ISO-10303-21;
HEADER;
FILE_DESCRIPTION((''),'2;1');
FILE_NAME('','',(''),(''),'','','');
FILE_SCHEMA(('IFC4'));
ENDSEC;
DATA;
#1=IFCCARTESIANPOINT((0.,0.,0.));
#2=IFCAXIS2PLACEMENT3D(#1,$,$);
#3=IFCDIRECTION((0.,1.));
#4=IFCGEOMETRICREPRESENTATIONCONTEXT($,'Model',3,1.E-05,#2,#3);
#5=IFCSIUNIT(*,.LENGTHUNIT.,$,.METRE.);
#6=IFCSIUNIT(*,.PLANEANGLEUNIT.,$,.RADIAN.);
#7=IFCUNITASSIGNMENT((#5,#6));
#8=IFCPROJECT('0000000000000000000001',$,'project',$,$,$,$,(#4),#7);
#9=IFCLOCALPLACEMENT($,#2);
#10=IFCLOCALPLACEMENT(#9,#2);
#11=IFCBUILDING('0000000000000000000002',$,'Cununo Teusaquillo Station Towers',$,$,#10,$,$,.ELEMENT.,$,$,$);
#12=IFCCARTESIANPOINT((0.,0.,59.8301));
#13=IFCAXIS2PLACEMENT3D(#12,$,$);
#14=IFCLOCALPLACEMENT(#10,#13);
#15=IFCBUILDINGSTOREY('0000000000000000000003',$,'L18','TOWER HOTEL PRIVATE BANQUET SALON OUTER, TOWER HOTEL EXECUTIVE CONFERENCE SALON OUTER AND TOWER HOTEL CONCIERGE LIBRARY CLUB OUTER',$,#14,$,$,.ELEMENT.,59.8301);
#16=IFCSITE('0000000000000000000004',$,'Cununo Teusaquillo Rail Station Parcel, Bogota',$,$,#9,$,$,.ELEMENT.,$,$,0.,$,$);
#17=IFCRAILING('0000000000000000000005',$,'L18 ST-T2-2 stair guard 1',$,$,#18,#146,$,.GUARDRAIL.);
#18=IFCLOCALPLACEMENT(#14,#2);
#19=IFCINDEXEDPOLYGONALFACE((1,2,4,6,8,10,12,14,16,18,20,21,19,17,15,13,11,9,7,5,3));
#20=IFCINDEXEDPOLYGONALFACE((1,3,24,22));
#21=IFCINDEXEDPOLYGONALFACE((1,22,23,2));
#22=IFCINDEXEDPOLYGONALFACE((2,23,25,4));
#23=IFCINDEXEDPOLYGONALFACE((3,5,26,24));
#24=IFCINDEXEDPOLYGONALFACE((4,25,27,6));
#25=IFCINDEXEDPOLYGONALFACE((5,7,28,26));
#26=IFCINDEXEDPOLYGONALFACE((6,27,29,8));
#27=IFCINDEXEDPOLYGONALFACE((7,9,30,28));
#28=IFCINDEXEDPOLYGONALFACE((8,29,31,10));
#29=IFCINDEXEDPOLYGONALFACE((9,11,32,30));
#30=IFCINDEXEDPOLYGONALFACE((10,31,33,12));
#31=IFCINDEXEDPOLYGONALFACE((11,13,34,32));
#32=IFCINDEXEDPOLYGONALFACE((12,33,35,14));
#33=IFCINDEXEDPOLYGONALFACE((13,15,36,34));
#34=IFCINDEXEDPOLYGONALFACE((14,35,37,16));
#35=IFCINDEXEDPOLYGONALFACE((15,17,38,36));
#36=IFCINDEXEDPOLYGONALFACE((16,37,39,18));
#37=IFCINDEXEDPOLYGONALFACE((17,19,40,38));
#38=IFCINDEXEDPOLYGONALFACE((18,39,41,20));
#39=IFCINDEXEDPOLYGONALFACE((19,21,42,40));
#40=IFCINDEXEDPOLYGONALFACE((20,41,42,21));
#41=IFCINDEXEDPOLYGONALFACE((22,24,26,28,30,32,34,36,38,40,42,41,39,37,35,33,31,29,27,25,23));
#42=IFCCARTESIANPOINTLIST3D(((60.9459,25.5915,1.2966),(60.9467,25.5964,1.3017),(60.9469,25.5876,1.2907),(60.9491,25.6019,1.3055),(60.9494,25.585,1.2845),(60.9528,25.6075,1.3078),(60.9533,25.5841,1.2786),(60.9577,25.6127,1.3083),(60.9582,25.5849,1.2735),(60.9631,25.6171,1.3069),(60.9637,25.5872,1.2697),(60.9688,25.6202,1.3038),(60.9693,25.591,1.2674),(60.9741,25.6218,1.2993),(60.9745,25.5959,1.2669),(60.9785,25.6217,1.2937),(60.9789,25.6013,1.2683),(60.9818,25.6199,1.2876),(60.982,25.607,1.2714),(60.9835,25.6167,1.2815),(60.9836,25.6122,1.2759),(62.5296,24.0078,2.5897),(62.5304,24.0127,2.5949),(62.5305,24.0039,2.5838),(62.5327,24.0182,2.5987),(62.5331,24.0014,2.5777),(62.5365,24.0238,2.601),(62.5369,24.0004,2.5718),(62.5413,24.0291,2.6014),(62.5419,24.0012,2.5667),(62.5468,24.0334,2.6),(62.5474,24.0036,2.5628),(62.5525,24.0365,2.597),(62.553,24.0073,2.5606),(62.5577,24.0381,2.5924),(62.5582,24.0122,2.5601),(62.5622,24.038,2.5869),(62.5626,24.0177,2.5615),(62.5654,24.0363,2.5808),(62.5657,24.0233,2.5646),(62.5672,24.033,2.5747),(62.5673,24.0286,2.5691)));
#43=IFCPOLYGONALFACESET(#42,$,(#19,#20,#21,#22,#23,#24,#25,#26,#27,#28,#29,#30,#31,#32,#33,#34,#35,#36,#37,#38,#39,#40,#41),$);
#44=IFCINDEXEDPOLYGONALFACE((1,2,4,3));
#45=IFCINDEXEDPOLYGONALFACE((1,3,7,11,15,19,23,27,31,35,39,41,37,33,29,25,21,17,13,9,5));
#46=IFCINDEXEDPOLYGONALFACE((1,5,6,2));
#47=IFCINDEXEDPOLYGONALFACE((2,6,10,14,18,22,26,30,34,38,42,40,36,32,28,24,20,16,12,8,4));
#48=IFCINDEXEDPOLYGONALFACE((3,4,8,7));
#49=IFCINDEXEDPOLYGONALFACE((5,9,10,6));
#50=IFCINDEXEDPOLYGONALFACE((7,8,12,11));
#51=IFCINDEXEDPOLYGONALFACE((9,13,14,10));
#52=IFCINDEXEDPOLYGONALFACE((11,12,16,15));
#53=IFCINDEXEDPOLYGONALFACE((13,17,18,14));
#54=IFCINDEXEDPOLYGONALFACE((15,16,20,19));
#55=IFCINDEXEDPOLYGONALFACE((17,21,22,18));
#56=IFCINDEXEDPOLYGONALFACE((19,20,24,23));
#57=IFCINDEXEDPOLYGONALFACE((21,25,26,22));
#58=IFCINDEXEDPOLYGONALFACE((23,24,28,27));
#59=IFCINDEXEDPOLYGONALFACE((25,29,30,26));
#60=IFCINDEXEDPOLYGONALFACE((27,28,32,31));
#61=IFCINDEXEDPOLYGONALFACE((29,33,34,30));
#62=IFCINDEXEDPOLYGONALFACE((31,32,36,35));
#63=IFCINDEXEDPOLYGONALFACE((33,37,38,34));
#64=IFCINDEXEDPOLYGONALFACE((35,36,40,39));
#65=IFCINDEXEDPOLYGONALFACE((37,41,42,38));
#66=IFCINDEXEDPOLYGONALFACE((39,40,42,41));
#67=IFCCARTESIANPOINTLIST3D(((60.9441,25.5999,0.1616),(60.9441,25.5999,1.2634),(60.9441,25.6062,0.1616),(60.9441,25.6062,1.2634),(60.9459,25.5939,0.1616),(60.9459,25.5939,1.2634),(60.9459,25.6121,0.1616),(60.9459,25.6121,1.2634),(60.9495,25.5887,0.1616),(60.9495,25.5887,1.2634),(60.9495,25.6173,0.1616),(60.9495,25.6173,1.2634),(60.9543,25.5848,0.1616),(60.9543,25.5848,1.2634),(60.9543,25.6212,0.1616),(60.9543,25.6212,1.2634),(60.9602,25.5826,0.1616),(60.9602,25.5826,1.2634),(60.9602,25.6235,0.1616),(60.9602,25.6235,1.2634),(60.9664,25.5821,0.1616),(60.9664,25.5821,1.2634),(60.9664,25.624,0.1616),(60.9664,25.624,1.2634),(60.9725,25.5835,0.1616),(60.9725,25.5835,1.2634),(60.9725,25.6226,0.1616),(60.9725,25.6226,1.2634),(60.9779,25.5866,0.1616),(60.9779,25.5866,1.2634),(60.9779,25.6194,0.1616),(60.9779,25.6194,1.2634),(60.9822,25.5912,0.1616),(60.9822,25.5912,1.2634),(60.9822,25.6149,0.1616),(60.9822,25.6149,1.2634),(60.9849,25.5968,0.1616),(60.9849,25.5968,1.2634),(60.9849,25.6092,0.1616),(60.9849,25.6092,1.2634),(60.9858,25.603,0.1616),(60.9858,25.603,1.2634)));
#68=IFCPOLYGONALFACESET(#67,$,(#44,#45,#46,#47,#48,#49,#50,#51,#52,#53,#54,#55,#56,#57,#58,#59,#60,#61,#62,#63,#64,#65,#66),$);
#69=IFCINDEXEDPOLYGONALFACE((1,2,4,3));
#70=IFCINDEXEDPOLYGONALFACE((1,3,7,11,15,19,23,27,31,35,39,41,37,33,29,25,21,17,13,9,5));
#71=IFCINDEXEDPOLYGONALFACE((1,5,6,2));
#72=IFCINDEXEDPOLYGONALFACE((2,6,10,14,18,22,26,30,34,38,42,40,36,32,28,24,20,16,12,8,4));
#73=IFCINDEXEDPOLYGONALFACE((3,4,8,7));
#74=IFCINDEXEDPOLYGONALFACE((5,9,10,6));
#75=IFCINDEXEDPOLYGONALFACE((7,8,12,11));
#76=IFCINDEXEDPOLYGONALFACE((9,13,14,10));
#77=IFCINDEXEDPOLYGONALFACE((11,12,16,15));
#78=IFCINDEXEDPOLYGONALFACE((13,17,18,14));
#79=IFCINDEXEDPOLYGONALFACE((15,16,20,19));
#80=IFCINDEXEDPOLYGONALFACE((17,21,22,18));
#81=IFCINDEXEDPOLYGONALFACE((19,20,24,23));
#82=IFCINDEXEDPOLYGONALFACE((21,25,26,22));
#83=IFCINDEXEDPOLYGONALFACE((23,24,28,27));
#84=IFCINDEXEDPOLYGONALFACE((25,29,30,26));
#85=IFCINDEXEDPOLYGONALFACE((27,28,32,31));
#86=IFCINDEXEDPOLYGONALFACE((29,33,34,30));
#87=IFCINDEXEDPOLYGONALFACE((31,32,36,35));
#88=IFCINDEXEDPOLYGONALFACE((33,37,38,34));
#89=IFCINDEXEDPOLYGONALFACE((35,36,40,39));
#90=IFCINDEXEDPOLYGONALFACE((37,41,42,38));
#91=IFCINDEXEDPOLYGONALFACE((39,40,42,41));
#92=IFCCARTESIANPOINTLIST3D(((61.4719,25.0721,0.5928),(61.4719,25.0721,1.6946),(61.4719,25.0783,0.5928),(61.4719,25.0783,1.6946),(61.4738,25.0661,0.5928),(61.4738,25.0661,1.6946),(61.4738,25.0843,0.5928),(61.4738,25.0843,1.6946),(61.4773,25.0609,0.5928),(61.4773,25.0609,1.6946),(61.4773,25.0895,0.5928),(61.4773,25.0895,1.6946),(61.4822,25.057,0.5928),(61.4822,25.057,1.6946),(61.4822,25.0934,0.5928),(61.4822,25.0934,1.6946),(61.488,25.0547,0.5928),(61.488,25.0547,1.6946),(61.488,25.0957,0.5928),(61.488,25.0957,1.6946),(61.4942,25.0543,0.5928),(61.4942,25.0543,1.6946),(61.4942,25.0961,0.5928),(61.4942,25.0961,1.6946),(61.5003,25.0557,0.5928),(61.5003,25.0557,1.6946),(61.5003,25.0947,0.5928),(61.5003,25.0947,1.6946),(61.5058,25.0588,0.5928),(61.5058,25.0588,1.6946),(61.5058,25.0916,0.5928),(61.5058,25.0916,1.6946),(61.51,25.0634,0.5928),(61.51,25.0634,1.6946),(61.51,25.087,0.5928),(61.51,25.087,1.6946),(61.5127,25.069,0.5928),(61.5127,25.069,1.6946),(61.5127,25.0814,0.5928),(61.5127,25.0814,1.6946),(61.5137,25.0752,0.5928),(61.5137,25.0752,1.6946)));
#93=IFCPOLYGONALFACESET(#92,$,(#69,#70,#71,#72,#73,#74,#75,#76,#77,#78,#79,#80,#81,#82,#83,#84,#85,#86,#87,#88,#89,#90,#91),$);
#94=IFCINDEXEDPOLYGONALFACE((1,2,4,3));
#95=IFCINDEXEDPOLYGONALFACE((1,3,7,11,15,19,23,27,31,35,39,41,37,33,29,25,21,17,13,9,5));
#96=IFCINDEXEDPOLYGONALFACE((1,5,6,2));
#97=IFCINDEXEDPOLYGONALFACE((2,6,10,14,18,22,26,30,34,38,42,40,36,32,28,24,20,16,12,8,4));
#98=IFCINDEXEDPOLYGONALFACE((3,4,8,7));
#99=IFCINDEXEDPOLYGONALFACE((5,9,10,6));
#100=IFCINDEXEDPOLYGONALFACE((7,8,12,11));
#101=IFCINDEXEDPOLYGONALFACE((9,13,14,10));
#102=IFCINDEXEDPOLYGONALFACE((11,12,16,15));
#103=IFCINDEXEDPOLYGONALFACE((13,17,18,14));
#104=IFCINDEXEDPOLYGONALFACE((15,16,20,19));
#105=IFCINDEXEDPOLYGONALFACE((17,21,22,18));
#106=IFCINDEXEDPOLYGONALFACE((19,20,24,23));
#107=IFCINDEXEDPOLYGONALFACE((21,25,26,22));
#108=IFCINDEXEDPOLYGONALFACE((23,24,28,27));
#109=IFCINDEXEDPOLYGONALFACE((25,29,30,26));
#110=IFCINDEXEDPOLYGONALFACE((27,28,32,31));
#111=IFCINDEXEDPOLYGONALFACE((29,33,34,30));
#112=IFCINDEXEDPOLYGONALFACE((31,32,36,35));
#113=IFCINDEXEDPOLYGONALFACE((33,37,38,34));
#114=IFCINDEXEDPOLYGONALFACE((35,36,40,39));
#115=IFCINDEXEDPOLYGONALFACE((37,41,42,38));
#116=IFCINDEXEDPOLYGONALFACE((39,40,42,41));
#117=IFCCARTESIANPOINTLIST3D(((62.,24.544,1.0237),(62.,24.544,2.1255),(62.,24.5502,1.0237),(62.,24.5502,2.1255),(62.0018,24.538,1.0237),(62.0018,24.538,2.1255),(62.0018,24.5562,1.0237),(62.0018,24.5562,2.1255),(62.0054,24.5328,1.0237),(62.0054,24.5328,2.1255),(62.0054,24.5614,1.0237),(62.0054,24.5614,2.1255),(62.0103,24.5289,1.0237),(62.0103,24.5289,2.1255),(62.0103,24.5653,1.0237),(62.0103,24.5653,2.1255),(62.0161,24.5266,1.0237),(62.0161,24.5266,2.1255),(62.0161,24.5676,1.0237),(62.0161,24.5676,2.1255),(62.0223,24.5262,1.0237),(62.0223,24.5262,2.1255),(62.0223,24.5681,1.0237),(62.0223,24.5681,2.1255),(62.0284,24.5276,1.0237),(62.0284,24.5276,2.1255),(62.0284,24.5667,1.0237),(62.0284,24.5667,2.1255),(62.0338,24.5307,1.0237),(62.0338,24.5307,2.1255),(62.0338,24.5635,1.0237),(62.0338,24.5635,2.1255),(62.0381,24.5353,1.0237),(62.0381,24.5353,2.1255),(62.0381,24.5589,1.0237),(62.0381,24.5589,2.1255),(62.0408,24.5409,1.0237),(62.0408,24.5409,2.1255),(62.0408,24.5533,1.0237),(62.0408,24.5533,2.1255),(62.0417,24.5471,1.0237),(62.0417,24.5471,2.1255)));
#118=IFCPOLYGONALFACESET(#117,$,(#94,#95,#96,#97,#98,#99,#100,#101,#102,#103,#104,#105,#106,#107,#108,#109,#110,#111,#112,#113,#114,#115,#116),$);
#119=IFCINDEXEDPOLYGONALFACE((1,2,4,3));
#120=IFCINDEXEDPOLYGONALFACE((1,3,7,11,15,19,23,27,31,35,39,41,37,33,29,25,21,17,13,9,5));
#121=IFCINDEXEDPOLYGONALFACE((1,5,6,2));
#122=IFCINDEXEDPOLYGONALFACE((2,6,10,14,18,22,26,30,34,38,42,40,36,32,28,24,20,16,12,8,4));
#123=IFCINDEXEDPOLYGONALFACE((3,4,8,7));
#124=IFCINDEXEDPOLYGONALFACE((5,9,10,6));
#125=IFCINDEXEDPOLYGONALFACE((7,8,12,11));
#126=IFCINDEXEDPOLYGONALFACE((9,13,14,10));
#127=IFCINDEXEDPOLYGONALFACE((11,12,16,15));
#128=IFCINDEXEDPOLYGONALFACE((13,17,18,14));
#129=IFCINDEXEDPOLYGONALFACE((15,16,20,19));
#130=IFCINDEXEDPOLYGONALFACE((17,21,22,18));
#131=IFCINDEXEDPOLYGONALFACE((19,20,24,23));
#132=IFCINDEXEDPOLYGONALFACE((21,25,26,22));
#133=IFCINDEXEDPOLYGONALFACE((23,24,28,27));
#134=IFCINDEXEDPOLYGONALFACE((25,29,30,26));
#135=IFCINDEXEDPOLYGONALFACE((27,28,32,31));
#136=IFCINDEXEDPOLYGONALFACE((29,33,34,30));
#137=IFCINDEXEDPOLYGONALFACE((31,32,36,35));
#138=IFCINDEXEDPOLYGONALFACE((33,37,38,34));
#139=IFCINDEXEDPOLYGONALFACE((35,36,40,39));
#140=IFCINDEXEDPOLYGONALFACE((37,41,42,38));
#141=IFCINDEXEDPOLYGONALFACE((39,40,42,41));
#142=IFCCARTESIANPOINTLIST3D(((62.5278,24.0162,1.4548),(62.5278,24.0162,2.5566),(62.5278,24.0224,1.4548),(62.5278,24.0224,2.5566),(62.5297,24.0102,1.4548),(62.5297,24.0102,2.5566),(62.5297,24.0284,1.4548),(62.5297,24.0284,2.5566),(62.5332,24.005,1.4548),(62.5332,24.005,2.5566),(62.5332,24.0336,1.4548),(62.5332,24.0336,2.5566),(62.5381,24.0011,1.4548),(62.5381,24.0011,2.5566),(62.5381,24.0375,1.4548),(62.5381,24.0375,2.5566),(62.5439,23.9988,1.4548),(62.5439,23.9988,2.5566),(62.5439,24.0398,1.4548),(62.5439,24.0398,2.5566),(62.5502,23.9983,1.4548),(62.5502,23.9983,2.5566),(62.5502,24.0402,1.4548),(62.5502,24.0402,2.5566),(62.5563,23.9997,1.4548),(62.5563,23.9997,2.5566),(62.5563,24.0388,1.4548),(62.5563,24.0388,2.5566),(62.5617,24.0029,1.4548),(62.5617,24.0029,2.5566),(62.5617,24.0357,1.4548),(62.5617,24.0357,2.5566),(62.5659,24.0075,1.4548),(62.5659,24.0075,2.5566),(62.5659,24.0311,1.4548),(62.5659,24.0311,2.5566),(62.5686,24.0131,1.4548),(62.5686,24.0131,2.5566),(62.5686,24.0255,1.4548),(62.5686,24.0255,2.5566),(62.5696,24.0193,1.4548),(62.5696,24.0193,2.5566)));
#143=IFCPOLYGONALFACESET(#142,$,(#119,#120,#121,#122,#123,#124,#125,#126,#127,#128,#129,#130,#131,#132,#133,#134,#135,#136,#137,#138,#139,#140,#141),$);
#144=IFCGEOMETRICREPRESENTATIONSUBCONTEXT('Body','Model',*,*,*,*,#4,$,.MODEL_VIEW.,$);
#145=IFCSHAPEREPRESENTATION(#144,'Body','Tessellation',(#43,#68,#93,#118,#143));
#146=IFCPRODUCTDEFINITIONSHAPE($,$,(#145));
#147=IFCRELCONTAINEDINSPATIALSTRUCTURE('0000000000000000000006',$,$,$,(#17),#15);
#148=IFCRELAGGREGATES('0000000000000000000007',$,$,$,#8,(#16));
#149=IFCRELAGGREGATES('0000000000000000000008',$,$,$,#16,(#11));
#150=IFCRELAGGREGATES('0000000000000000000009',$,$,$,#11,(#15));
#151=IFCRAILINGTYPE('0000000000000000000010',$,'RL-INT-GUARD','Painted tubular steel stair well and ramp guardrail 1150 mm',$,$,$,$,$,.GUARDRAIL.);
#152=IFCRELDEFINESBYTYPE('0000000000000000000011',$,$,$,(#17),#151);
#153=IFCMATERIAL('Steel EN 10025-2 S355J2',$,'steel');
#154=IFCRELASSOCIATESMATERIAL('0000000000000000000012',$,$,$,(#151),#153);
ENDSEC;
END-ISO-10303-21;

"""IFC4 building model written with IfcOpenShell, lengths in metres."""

from ifc_helpers import new_model, si_unit, direction, frame, origin, origin_2d, place, context, subcontext, project, spatial, circle, extrude, material, type_object, element, save


model = new_model("IFC4")

# Units and contexts
model_context = context("Model", 3, precision=1e-05, world=origin(), true_north=direction((0.0, 1.0)))
body_context = subcontext(model_context, "Body", "Model", "MODEL_VIEW")
ifc_project = project(units=[si_unit("LENGTHUNIT", "METRE"), si_unit("PLANEANGLEUNIT", "RADIAN")], contexts=[model_context])

# Site, building, storey
site_placement = place(None, origin())
site = spatial("IfcSite", under=ifc_project, at=site_placement, Name="Cununo Teusaquillo Rail Station Parcel, Bogota", CompositionType="ELEMENT", RefElevation=0.0)
building_placement = place(site_placement, origin())
building = spatial("IfcBuilding", under=site, at=building_placement, Name="Cununo Teusaquillo Station Towers", CompositionType="ELEMENT")
storey_placement = place(building_placement, frame((0.0, 0.0, 59.8301)))
storey = spatial("IfcBuildingStorey", under=building, at=storey_placement, Name="L18", Description="TOWER HOTEL PRIVATE BANQUET SALON OUTER, TOWER HOTEL EXECUTIVE CONFERENCE SALON OUTER AND TOWER HOTEL CONCIERGE LIBRARY CLUB OUTER", CompositionType="ELEMENT", Elevation=59.8301)

# Railing
ifc_material_1 = material(Name="Steel EN 10025-2 S355J2", Category="steel")
railing_type_1 = type_object("IfcRailingType", Name="RL-INT-GUARD", Description="Painted tubular steel stair well and ramp guardrail 1150 mm", PredefinedType="GUARDRAIL", material=ifc_material_1)
railing_1_placement = place(storey_placement, frame((60.9648, 25.603, 0.1616)))
element("IfcRailing", 1, at=railing_1_placement, inside=storey, type_object=railing_type_1, Name="L18 ST-T2-2 stair guard 1", PredefinedType="GUARDRAIL", context=body_context, shape_type="SweptSolid", body=[
    extrude(circle(Radius=0.0239, at=origin_2d()), frame((0.0, 0.0, 1.126), z_axis=(0.612361, -0.612361, 0.500027), x_axis=(0.707107, 0.707107, 0.0)), (0.0, 0.0, 1.0), 2.5862),
    extrude(circle(Radius=0.021, at=origin_2d()), origin(), (0.0, 0.0, 1.0), 1.1018),
    extrude(circle(Radius=0.021, at=origin_2d()), frame((0.5278, -0.5278, 0.4312)), (0.0, 0.0, 1.0), 1.1018),
    extrude(circle(Radius=0.021, at=origin_2d()), frame((1.0559, -1.0559, 0.8621)), (0.0, 0.0, 1.0), 1.1018),
    extrude(circle(Radius=0.021, at=origin_2d()), frame((1.5837, -1.5837, 1.2932)), (0.0, 0.0, 1.0), 1.1018),
])

save(model, "model.ifc")
